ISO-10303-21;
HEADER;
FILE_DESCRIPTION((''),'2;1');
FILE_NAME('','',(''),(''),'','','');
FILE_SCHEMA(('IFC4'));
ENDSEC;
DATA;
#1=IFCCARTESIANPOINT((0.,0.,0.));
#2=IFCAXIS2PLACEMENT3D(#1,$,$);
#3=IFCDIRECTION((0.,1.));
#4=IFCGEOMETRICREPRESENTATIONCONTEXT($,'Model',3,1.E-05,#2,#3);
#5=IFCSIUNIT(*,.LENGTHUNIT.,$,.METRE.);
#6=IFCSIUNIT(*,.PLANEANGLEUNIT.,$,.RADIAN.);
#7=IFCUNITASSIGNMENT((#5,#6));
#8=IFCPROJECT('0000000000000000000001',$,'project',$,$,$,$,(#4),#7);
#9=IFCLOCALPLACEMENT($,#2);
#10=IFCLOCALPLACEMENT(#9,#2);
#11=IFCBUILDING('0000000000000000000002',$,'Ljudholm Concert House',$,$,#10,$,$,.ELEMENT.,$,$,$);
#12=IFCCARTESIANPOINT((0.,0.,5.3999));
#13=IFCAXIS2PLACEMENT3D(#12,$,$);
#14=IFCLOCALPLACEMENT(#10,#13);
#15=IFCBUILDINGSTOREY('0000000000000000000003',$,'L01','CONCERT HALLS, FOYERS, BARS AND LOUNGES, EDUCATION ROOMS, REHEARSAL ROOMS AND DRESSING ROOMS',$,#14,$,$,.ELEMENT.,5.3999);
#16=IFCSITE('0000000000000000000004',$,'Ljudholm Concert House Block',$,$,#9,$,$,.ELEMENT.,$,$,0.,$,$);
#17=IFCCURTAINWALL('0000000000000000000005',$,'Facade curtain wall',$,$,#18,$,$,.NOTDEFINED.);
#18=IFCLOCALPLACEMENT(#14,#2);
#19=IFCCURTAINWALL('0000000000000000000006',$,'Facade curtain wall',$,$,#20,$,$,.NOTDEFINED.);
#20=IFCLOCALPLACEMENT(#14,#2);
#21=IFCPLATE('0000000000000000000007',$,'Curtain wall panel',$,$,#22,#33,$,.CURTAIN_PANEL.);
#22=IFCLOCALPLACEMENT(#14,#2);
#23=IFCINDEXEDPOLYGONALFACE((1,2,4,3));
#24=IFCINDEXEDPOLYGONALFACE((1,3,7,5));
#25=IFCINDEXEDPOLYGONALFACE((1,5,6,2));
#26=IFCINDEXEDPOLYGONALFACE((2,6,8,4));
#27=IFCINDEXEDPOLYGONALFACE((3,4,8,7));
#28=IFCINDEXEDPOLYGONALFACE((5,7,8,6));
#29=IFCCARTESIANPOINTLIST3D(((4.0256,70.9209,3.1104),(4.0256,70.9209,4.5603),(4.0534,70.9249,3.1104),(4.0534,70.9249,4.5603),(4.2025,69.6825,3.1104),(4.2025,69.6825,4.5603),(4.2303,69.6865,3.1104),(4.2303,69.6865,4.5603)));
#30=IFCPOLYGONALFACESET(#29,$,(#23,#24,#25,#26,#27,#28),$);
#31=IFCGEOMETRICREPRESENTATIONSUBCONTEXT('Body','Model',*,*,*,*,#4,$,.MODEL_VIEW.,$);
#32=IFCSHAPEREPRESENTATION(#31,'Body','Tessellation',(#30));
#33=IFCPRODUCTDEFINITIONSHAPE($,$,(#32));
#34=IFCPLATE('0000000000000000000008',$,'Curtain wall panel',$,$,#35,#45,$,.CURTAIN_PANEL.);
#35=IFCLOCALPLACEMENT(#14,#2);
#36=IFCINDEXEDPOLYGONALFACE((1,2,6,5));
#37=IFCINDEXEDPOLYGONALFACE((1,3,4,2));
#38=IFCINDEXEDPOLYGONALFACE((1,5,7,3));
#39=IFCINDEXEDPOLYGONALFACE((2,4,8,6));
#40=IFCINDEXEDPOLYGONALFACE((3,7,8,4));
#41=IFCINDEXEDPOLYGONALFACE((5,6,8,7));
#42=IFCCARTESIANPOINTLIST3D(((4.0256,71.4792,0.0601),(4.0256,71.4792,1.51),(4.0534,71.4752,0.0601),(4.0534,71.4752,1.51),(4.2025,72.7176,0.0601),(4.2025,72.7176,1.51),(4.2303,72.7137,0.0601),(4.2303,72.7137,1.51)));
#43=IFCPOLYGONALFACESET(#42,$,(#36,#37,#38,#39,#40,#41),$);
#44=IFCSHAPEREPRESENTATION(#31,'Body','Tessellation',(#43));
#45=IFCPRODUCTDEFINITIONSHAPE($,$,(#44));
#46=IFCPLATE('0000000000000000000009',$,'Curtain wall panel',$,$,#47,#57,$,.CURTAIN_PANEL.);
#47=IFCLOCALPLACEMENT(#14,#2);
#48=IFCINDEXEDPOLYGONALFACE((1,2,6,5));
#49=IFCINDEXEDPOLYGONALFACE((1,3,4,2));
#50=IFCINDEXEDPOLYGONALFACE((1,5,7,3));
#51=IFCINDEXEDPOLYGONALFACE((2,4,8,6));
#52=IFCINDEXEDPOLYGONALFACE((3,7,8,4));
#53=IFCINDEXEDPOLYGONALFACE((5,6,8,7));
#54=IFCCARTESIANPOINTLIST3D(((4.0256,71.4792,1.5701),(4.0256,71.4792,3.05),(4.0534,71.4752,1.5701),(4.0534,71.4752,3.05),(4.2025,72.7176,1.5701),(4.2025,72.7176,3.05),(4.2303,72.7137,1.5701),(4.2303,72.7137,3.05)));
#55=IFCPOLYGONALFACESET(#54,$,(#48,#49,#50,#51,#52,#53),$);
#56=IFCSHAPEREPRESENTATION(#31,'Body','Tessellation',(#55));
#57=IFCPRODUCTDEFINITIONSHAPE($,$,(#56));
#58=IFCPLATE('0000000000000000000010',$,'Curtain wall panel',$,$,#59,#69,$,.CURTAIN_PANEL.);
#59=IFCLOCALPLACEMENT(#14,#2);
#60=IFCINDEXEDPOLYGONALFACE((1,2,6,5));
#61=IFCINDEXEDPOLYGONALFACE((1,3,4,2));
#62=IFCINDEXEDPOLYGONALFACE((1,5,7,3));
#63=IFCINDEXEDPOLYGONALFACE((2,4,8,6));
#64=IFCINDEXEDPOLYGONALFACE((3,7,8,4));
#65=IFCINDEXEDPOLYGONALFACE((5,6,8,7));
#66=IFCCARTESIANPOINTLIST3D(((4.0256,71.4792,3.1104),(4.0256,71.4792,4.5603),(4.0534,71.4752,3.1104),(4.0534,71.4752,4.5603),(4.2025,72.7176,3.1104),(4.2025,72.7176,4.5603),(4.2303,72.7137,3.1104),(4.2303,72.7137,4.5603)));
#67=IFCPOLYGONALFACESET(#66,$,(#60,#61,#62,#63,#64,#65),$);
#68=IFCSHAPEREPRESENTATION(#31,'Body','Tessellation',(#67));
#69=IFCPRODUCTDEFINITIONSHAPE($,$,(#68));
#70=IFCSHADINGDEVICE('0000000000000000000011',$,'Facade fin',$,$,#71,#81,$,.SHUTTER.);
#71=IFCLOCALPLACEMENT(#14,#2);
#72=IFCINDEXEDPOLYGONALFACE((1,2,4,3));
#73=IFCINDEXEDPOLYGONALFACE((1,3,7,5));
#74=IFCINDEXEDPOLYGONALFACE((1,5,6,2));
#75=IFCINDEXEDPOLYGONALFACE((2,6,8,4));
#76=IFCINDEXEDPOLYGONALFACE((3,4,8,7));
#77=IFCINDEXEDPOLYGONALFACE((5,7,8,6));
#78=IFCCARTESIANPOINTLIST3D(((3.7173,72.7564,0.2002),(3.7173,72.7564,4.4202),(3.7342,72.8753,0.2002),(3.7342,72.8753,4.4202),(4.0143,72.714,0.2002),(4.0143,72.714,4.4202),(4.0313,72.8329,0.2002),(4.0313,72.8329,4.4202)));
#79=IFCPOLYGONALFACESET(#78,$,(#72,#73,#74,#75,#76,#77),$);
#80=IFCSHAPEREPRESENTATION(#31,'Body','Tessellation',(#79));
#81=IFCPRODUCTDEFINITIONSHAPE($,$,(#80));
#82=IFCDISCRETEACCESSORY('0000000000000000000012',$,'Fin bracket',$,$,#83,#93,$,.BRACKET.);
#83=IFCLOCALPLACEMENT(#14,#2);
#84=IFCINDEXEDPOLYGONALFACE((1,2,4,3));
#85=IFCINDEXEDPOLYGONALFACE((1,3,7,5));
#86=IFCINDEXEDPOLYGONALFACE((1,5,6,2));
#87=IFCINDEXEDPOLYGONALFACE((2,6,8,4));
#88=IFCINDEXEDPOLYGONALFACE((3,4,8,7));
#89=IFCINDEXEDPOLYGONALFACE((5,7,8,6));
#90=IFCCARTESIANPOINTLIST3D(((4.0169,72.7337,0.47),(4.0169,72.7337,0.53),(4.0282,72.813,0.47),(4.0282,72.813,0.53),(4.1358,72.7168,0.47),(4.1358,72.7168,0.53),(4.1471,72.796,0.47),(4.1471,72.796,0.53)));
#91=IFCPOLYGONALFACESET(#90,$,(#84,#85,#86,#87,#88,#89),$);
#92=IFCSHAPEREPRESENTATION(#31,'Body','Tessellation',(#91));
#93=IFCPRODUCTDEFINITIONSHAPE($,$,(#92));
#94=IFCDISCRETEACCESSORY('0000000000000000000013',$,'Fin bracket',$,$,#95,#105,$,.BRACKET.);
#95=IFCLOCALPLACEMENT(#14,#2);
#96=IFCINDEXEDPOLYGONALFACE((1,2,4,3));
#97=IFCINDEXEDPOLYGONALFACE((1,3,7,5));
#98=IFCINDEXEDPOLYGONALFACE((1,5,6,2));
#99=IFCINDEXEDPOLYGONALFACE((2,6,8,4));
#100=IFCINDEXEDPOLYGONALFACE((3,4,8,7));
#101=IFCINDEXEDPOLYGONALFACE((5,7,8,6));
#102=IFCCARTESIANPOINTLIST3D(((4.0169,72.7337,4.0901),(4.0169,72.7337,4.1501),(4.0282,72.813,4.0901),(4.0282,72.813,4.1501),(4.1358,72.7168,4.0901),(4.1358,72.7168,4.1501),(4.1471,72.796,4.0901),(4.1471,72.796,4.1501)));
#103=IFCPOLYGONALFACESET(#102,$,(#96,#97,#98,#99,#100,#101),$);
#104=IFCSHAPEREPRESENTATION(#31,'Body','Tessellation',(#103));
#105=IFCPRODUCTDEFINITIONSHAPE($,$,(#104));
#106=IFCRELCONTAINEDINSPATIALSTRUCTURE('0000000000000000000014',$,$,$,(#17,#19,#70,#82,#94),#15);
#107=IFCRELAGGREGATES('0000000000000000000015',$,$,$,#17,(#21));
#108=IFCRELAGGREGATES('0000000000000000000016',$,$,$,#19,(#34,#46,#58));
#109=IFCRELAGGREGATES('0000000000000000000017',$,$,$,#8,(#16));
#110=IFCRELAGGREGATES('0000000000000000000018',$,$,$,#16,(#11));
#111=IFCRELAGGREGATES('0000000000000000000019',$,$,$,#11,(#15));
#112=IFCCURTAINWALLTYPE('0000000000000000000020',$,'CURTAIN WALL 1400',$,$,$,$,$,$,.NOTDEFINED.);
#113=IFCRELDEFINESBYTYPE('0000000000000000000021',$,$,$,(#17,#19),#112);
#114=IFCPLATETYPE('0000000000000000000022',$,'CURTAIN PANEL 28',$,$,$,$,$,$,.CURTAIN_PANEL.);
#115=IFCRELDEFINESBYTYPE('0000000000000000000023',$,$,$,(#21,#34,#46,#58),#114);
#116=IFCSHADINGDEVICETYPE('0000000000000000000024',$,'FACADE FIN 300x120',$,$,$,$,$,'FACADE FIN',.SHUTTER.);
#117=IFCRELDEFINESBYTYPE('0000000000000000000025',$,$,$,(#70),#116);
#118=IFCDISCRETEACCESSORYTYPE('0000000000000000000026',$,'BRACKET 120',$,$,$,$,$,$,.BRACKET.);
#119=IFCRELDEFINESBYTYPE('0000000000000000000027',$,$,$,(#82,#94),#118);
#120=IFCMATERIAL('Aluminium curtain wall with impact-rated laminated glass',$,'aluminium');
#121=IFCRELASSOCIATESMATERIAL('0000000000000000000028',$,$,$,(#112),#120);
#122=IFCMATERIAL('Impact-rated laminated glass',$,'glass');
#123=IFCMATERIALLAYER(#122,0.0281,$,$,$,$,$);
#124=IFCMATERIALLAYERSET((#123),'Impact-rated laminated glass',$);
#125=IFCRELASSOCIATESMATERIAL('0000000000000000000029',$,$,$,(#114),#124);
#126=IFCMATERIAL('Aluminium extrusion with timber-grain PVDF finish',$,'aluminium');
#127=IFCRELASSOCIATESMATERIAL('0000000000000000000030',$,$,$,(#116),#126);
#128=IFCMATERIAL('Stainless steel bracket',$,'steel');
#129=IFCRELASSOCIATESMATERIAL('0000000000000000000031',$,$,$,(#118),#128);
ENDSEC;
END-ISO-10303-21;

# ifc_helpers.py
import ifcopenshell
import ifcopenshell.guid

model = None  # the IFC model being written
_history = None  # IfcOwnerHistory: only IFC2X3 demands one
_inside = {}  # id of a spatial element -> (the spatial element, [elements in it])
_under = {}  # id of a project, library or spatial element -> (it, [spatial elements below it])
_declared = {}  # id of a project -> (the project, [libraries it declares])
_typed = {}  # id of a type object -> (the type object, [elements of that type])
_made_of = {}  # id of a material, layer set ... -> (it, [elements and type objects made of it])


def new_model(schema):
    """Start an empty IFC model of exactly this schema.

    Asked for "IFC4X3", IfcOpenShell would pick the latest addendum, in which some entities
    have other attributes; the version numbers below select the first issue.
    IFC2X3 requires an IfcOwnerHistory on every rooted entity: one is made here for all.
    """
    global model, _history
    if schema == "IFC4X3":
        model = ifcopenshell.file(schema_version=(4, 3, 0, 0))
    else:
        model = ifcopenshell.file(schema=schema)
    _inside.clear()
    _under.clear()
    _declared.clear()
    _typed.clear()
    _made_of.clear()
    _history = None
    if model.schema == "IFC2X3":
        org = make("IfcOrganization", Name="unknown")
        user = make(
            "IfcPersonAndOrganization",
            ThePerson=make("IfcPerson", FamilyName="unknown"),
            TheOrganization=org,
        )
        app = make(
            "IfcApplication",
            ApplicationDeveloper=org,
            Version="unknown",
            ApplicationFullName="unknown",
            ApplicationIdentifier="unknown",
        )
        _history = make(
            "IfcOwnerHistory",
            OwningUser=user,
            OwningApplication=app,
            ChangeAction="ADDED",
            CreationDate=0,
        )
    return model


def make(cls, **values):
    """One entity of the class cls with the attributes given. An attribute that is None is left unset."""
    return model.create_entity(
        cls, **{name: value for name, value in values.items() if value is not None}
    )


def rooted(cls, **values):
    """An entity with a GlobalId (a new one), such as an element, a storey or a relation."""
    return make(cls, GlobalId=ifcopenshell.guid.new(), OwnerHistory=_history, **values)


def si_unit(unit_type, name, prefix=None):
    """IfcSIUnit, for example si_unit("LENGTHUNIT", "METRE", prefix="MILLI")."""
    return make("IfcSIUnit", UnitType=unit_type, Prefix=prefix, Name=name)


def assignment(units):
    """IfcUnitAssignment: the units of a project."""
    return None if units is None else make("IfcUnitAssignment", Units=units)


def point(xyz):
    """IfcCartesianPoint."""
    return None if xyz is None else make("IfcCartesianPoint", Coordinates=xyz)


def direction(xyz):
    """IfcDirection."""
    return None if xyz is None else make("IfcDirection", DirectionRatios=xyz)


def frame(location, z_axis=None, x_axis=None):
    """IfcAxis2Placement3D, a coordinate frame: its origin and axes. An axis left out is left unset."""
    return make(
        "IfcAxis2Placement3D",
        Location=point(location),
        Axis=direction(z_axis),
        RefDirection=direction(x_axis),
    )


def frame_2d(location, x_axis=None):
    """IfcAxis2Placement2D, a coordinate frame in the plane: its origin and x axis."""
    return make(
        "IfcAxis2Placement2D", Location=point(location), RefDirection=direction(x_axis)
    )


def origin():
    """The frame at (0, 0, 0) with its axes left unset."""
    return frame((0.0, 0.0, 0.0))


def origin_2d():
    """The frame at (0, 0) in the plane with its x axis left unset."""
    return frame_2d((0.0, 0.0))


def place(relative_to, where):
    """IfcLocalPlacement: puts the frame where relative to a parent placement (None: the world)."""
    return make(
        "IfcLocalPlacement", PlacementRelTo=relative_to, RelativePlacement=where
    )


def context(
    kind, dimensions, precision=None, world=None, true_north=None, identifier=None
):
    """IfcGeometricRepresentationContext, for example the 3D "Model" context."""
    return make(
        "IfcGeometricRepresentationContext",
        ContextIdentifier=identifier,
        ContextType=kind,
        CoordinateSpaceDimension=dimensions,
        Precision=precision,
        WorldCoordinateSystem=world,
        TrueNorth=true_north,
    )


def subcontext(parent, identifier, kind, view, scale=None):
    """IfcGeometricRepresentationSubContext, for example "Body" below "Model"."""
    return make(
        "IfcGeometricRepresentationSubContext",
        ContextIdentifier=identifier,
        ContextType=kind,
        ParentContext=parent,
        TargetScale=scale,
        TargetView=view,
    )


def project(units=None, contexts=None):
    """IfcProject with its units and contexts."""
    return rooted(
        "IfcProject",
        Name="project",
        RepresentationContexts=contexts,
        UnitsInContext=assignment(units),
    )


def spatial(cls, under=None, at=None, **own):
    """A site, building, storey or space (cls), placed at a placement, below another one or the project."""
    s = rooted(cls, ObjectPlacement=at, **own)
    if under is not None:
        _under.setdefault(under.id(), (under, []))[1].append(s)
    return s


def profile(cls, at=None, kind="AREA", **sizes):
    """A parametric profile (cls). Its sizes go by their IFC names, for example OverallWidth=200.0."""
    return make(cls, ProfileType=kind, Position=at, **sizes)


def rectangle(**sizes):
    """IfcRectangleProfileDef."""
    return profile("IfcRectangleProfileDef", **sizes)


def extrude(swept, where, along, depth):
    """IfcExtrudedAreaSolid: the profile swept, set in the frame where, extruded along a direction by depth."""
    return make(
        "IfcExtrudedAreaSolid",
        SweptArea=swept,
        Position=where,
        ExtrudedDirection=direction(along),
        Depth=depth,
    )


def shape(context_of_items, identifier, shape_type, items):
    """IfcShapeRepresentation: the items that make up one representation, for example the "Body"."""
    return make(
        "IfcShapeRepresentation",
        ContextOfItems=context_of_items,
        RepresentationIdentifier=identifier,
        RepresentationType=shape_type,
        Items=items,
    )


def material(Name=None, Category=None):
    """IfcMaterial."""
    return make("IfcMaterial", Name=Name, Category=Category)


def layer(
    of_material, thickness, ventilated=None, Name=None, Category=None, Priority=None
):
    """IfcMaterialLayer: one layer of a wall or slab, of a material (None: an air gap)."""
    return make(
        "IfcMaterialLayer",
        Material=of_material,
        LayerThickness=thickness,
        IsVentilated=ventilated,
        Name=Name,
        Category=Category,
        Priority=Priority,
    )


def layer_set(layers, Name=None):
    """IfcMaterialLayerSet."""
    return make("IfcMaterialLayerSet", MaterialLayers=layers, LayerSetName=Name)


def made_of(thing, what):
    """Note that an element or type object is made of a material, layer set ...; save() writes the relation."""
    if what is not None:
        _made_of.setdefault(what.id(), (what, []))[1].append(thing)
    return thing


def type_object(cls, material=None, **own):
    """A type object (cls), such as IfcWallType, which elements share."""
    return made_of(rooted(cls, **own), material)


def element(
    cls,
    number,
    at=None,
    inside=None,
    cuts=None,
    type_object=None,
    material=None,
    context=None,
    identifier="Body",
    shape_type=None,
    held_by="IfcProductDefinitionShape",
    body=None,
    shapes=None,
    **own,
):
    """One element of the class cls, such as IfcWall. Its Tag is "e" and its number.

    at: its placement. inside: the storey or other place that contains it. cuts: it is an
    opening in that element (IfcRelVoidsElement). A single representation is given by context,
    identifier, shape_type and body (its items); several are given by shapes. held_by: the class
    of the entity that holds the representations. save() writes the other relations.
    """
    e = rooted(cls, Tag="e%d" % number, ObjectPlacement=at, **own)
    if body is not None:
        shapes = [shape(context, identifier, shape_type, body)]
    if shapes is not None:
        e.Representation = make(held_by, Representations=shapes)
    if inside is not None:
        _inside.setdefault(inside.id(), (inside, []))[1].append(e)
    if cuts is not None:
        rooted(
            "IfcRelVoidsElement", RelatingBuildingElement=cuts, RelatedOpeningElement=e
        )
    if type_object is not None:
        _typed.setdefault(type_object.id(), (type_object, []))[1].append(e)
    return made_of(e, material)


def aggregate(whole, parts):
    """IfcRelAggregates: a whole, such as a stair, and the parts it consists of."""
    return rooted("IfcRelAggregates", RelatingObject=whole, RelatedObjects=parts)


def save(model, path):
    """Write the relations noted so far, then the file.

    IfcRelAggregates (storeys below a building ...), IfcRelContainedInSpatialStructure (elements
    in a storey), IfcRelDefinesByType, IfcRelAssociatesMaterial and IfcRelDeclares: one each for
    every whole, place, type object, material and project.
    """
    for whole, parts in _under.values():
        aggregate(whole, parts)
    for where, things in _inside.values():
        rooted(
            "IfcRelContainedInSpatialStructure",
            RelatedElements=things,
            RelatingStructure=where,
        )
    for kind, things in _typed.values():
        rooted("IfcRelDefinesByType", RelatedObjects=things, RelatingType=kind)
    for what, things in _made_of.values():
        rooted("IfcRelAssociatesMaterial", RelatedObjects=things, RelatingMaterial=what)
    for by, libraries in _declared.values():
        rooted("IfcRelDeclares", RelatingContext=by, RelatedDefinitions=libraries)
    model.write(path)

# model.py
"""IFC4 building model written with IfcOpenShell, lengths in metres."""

from ifc_helpers import new_model, si_unit, direction, frame, origin, origin_2d, place, context, subcontext, project, spatial, rectangle, extrude, material, layer, layer_set, type_object, element, aggregate, save


model = new_model("IFC4")

# Units and contexts
model_context = context("Model", 3, precision=1e-05, world=origin(), true_north=direction((0.0, 1.0)))
body_context = subcontext(model_context, "Body", "Model", "MODEL_VIEW")
ifc_project = project(units=[si_unit("LENGTHUNIT", "METRE"), si_unit("PLANEANGLEUNIT", "RADIAN")], contexts=[model_context])

# Site, building, storey
site_placement = place(None, origin())
site = spatial("IfcSite", under=ifc_project, at=site_placement, Name="Ljudholm Concert House Block", CompositionType="ELEMENT", RefElevation=0.0)
building_placement = place(site_placement, origin())
building = spatial("IfcBuilding", under=site, at=building_placement, Name="Ljudholm Concert House", CompositionType="ELEMENT")
storey_placement = place(building_placement, frame((0.0, 0.0, 5.3999)))
storey = spatial("IfcBuildingStorey", under=building, at=storey_placement, Name="L01", Description="CONCERT HALLS, FOYERS, BARS AND LOUNGES, EDUCATION ROOMS, REHEARSAL ROOMS AND DRESSING ROOMS", CompositionType="ELEMENT", Elevation=5.3999)

# Curtain wall
ifc_material_1 = material(Name="Aluminium curtain wall with impact-rated laminated glass", Category="aluminium")
curtain_wall_type = type_object("IfcCurtainWallType", Name="CURTAIN WALL 1400", PredefinedType="NOTDEFINED", material=ifc_material_1)
curtain_wall_1_placement = place(storey_placement, origin())
curtain_wall_1 = element("IfcCurtainWall", 1, at=curtain_wall_1_placement, inside=storey, type_object=curtain_wall_type, Name="Facade curtain wall", PredefinedType="NOTDEFINED")

# Curtain wall
curtain_wall_2_placement = place(storey_placement, origin())
curtain_wall_2 = element("IfcCurtainWall", 2, at=curtain_wall_2_placement, inside=storey, type_object=curtain_wall_type, Name="Facade curtain wall", PredefinedType="NOTDEFINED")

# Plates
ifc_material_2 = material(Name="Impact-rated laminated glass", Category="glass")
ifc_layer = layer(ifc_material_2, 0.0281)
ifc_layer_set = layer_set([ifc_layer], Name="Impact-rated laminated glass")
plate_type = type_object("IfcPlateType", Name="CURTAIN PANEL 28", PredefinedType="CURTAIN_PANEL", material=ifc_layer_set)
plate_1_placement = place(storey_placement, frame((4.1279, 70.3037, 3.1104), z_axis=(0.0, 0.0, 1.0), x_axis=(-0.141421, 0.989949, 0.0)))
plate_1 = element("IfcPlate", 3, at=plate_1_placement, type_object=plate_type, Name="Curtain wall panel", PredefinedType="CURTAIN_PANEL", context=body_context, shape_type="SweptSolid", body=[
    extrude(rectangle(XDim=1.251, YDim=0.0281, at=origin_2d()), origin(), (0.0, 0.0, 1.0), 1.45),
])
aggregate(curtain_wall_1, [plate_1])
plate_2_placement = place(storey_placement, frame((4.1279, 72.0964, 0.0601), z_axis=(0.0, 0.0, 1.0), x_axis=(0.141421, 0.989949, 0.0)))
plate_2 = element("IfcPlate", 4, at=plate_2_placement, type_object=plate_type, Name="Curtain wall panel", PredefinedType="CURTAIN_PANEL", context=body_context, shape_type="SweptSolid", body=[
    extrude(rectangle(XDim=1.251, YDim=0.0281, at=origin_2d()), origin(), (0.0, 0.0, 1.0), 1.45),
])
plate_3_placement = place(storey_placement, frame((4.1279, 72.0964, 1.5701), z_axis=(0.0, 0.0, 1.0), x_axis=(0.141421, 0.989949, 0.0)))
plate_3 = element("IfcPlate", 5, at=plate_3_placement, type_object=plate_type, Name="Curtain wall panel", PredefinedType="CURTAIN_PANEL", context=body_context, shape_type="SweptSolid", body=[
    extrude(rectangle(XDim=1.251, YDim=0.0281, at=origin_2d()), origin(), (0.0, 0.0, 1.0), 1.48),
])
plate_4_placement = place(storey_placement, frame((4.1279, 72.0964, 3.1104), z_axis=(0.0, 0.0, 1.0), x_axis=(0.141421, 0.989949, 0.0)))
plate_4 = element("IfcPlate", 6, at=plate_4_placement, type_object=plate_type, Name="Curtain wall panel", PredefinedType="CURTAIN_PANEL", context=body_context, shape_type="SweptSolid", body=[
    extrude(rectangle(XDim=1.251, YDim=0.0281, at=origin_2d()), origin(), (0.0, 0.0, 1.0), 1.45),
])
aggregate(curtain_wall_2, [plate_2, plate_3, plate_4])

# Shading device
ifc_material_3 = material(Name="Aluminium extrusion with timber-grain PVDF finish", Category="aluminium")
shading_device_type = type_object("IfcShadingDeviceType", Name="FACADE FIN 300x120", ElementType="FACADE FIN", PredefinedType="SHUTTER", material=ifc_material_3)
shading_device_placement = place(storey_placement, frame((3.8743, 72.7947, 0.2002), z_axis=(0.0, 0.0, 1.0), x_axis=(-0.989949, 0.141421, 0.0)))
element("IfcShadingDevice", 7, at=shading_device_placement, inside=storey, type_object=shading_device_type, Name="Facade fin", PredefinedType="SHUTTER", context=body_context, shape_type="SweptSolid", body=[
    extrude(rectangle(XDim=0.3, YDim=0.1201, at=origin_2d()), origin(), (0.0, 0.0, 1.0), 4.22),
])

# Discrete accessories
ifc_material_4 = material(Name="Stainless steel bracket", Category="steel")
discrete_accessory_type = type_object("IfcDiscreteAccessoryType", Name="BRACKET 120", PredefinedType="BRACKET", material=ifc_material_4)
for number, where, z_axis, x_axis, name in (
    (8, (4.082, 72.7649, 0.47), (0.0, 0.0, 1.0), (-0.989949, 0.141421, 0.0), "Fin bracket"),
    (9, (4.082, 72.7649, 4.0901), (0.0, 0.0, 1.0), (-0.989949, 0.141421, 0.0), "Fin bracket"),
):
    element("IfcDiscreteAccessory", number, at=place(storey_placement, frame(where, z_axis=z_axis, x_axis=x_axis)), inside=storey, type_object=discrete_accessory_type, Name=name, PredefinedType="BRACKET", context=body_context, shape_type="SweptSolid", body=[
        extrude(rectangle(XDim=0.1201, YDim=0.0801, at=origin_2d()), origin(), (0.0, 0.0, 1.0), 0.0601),
    ])

save(model, "model.ifc")
